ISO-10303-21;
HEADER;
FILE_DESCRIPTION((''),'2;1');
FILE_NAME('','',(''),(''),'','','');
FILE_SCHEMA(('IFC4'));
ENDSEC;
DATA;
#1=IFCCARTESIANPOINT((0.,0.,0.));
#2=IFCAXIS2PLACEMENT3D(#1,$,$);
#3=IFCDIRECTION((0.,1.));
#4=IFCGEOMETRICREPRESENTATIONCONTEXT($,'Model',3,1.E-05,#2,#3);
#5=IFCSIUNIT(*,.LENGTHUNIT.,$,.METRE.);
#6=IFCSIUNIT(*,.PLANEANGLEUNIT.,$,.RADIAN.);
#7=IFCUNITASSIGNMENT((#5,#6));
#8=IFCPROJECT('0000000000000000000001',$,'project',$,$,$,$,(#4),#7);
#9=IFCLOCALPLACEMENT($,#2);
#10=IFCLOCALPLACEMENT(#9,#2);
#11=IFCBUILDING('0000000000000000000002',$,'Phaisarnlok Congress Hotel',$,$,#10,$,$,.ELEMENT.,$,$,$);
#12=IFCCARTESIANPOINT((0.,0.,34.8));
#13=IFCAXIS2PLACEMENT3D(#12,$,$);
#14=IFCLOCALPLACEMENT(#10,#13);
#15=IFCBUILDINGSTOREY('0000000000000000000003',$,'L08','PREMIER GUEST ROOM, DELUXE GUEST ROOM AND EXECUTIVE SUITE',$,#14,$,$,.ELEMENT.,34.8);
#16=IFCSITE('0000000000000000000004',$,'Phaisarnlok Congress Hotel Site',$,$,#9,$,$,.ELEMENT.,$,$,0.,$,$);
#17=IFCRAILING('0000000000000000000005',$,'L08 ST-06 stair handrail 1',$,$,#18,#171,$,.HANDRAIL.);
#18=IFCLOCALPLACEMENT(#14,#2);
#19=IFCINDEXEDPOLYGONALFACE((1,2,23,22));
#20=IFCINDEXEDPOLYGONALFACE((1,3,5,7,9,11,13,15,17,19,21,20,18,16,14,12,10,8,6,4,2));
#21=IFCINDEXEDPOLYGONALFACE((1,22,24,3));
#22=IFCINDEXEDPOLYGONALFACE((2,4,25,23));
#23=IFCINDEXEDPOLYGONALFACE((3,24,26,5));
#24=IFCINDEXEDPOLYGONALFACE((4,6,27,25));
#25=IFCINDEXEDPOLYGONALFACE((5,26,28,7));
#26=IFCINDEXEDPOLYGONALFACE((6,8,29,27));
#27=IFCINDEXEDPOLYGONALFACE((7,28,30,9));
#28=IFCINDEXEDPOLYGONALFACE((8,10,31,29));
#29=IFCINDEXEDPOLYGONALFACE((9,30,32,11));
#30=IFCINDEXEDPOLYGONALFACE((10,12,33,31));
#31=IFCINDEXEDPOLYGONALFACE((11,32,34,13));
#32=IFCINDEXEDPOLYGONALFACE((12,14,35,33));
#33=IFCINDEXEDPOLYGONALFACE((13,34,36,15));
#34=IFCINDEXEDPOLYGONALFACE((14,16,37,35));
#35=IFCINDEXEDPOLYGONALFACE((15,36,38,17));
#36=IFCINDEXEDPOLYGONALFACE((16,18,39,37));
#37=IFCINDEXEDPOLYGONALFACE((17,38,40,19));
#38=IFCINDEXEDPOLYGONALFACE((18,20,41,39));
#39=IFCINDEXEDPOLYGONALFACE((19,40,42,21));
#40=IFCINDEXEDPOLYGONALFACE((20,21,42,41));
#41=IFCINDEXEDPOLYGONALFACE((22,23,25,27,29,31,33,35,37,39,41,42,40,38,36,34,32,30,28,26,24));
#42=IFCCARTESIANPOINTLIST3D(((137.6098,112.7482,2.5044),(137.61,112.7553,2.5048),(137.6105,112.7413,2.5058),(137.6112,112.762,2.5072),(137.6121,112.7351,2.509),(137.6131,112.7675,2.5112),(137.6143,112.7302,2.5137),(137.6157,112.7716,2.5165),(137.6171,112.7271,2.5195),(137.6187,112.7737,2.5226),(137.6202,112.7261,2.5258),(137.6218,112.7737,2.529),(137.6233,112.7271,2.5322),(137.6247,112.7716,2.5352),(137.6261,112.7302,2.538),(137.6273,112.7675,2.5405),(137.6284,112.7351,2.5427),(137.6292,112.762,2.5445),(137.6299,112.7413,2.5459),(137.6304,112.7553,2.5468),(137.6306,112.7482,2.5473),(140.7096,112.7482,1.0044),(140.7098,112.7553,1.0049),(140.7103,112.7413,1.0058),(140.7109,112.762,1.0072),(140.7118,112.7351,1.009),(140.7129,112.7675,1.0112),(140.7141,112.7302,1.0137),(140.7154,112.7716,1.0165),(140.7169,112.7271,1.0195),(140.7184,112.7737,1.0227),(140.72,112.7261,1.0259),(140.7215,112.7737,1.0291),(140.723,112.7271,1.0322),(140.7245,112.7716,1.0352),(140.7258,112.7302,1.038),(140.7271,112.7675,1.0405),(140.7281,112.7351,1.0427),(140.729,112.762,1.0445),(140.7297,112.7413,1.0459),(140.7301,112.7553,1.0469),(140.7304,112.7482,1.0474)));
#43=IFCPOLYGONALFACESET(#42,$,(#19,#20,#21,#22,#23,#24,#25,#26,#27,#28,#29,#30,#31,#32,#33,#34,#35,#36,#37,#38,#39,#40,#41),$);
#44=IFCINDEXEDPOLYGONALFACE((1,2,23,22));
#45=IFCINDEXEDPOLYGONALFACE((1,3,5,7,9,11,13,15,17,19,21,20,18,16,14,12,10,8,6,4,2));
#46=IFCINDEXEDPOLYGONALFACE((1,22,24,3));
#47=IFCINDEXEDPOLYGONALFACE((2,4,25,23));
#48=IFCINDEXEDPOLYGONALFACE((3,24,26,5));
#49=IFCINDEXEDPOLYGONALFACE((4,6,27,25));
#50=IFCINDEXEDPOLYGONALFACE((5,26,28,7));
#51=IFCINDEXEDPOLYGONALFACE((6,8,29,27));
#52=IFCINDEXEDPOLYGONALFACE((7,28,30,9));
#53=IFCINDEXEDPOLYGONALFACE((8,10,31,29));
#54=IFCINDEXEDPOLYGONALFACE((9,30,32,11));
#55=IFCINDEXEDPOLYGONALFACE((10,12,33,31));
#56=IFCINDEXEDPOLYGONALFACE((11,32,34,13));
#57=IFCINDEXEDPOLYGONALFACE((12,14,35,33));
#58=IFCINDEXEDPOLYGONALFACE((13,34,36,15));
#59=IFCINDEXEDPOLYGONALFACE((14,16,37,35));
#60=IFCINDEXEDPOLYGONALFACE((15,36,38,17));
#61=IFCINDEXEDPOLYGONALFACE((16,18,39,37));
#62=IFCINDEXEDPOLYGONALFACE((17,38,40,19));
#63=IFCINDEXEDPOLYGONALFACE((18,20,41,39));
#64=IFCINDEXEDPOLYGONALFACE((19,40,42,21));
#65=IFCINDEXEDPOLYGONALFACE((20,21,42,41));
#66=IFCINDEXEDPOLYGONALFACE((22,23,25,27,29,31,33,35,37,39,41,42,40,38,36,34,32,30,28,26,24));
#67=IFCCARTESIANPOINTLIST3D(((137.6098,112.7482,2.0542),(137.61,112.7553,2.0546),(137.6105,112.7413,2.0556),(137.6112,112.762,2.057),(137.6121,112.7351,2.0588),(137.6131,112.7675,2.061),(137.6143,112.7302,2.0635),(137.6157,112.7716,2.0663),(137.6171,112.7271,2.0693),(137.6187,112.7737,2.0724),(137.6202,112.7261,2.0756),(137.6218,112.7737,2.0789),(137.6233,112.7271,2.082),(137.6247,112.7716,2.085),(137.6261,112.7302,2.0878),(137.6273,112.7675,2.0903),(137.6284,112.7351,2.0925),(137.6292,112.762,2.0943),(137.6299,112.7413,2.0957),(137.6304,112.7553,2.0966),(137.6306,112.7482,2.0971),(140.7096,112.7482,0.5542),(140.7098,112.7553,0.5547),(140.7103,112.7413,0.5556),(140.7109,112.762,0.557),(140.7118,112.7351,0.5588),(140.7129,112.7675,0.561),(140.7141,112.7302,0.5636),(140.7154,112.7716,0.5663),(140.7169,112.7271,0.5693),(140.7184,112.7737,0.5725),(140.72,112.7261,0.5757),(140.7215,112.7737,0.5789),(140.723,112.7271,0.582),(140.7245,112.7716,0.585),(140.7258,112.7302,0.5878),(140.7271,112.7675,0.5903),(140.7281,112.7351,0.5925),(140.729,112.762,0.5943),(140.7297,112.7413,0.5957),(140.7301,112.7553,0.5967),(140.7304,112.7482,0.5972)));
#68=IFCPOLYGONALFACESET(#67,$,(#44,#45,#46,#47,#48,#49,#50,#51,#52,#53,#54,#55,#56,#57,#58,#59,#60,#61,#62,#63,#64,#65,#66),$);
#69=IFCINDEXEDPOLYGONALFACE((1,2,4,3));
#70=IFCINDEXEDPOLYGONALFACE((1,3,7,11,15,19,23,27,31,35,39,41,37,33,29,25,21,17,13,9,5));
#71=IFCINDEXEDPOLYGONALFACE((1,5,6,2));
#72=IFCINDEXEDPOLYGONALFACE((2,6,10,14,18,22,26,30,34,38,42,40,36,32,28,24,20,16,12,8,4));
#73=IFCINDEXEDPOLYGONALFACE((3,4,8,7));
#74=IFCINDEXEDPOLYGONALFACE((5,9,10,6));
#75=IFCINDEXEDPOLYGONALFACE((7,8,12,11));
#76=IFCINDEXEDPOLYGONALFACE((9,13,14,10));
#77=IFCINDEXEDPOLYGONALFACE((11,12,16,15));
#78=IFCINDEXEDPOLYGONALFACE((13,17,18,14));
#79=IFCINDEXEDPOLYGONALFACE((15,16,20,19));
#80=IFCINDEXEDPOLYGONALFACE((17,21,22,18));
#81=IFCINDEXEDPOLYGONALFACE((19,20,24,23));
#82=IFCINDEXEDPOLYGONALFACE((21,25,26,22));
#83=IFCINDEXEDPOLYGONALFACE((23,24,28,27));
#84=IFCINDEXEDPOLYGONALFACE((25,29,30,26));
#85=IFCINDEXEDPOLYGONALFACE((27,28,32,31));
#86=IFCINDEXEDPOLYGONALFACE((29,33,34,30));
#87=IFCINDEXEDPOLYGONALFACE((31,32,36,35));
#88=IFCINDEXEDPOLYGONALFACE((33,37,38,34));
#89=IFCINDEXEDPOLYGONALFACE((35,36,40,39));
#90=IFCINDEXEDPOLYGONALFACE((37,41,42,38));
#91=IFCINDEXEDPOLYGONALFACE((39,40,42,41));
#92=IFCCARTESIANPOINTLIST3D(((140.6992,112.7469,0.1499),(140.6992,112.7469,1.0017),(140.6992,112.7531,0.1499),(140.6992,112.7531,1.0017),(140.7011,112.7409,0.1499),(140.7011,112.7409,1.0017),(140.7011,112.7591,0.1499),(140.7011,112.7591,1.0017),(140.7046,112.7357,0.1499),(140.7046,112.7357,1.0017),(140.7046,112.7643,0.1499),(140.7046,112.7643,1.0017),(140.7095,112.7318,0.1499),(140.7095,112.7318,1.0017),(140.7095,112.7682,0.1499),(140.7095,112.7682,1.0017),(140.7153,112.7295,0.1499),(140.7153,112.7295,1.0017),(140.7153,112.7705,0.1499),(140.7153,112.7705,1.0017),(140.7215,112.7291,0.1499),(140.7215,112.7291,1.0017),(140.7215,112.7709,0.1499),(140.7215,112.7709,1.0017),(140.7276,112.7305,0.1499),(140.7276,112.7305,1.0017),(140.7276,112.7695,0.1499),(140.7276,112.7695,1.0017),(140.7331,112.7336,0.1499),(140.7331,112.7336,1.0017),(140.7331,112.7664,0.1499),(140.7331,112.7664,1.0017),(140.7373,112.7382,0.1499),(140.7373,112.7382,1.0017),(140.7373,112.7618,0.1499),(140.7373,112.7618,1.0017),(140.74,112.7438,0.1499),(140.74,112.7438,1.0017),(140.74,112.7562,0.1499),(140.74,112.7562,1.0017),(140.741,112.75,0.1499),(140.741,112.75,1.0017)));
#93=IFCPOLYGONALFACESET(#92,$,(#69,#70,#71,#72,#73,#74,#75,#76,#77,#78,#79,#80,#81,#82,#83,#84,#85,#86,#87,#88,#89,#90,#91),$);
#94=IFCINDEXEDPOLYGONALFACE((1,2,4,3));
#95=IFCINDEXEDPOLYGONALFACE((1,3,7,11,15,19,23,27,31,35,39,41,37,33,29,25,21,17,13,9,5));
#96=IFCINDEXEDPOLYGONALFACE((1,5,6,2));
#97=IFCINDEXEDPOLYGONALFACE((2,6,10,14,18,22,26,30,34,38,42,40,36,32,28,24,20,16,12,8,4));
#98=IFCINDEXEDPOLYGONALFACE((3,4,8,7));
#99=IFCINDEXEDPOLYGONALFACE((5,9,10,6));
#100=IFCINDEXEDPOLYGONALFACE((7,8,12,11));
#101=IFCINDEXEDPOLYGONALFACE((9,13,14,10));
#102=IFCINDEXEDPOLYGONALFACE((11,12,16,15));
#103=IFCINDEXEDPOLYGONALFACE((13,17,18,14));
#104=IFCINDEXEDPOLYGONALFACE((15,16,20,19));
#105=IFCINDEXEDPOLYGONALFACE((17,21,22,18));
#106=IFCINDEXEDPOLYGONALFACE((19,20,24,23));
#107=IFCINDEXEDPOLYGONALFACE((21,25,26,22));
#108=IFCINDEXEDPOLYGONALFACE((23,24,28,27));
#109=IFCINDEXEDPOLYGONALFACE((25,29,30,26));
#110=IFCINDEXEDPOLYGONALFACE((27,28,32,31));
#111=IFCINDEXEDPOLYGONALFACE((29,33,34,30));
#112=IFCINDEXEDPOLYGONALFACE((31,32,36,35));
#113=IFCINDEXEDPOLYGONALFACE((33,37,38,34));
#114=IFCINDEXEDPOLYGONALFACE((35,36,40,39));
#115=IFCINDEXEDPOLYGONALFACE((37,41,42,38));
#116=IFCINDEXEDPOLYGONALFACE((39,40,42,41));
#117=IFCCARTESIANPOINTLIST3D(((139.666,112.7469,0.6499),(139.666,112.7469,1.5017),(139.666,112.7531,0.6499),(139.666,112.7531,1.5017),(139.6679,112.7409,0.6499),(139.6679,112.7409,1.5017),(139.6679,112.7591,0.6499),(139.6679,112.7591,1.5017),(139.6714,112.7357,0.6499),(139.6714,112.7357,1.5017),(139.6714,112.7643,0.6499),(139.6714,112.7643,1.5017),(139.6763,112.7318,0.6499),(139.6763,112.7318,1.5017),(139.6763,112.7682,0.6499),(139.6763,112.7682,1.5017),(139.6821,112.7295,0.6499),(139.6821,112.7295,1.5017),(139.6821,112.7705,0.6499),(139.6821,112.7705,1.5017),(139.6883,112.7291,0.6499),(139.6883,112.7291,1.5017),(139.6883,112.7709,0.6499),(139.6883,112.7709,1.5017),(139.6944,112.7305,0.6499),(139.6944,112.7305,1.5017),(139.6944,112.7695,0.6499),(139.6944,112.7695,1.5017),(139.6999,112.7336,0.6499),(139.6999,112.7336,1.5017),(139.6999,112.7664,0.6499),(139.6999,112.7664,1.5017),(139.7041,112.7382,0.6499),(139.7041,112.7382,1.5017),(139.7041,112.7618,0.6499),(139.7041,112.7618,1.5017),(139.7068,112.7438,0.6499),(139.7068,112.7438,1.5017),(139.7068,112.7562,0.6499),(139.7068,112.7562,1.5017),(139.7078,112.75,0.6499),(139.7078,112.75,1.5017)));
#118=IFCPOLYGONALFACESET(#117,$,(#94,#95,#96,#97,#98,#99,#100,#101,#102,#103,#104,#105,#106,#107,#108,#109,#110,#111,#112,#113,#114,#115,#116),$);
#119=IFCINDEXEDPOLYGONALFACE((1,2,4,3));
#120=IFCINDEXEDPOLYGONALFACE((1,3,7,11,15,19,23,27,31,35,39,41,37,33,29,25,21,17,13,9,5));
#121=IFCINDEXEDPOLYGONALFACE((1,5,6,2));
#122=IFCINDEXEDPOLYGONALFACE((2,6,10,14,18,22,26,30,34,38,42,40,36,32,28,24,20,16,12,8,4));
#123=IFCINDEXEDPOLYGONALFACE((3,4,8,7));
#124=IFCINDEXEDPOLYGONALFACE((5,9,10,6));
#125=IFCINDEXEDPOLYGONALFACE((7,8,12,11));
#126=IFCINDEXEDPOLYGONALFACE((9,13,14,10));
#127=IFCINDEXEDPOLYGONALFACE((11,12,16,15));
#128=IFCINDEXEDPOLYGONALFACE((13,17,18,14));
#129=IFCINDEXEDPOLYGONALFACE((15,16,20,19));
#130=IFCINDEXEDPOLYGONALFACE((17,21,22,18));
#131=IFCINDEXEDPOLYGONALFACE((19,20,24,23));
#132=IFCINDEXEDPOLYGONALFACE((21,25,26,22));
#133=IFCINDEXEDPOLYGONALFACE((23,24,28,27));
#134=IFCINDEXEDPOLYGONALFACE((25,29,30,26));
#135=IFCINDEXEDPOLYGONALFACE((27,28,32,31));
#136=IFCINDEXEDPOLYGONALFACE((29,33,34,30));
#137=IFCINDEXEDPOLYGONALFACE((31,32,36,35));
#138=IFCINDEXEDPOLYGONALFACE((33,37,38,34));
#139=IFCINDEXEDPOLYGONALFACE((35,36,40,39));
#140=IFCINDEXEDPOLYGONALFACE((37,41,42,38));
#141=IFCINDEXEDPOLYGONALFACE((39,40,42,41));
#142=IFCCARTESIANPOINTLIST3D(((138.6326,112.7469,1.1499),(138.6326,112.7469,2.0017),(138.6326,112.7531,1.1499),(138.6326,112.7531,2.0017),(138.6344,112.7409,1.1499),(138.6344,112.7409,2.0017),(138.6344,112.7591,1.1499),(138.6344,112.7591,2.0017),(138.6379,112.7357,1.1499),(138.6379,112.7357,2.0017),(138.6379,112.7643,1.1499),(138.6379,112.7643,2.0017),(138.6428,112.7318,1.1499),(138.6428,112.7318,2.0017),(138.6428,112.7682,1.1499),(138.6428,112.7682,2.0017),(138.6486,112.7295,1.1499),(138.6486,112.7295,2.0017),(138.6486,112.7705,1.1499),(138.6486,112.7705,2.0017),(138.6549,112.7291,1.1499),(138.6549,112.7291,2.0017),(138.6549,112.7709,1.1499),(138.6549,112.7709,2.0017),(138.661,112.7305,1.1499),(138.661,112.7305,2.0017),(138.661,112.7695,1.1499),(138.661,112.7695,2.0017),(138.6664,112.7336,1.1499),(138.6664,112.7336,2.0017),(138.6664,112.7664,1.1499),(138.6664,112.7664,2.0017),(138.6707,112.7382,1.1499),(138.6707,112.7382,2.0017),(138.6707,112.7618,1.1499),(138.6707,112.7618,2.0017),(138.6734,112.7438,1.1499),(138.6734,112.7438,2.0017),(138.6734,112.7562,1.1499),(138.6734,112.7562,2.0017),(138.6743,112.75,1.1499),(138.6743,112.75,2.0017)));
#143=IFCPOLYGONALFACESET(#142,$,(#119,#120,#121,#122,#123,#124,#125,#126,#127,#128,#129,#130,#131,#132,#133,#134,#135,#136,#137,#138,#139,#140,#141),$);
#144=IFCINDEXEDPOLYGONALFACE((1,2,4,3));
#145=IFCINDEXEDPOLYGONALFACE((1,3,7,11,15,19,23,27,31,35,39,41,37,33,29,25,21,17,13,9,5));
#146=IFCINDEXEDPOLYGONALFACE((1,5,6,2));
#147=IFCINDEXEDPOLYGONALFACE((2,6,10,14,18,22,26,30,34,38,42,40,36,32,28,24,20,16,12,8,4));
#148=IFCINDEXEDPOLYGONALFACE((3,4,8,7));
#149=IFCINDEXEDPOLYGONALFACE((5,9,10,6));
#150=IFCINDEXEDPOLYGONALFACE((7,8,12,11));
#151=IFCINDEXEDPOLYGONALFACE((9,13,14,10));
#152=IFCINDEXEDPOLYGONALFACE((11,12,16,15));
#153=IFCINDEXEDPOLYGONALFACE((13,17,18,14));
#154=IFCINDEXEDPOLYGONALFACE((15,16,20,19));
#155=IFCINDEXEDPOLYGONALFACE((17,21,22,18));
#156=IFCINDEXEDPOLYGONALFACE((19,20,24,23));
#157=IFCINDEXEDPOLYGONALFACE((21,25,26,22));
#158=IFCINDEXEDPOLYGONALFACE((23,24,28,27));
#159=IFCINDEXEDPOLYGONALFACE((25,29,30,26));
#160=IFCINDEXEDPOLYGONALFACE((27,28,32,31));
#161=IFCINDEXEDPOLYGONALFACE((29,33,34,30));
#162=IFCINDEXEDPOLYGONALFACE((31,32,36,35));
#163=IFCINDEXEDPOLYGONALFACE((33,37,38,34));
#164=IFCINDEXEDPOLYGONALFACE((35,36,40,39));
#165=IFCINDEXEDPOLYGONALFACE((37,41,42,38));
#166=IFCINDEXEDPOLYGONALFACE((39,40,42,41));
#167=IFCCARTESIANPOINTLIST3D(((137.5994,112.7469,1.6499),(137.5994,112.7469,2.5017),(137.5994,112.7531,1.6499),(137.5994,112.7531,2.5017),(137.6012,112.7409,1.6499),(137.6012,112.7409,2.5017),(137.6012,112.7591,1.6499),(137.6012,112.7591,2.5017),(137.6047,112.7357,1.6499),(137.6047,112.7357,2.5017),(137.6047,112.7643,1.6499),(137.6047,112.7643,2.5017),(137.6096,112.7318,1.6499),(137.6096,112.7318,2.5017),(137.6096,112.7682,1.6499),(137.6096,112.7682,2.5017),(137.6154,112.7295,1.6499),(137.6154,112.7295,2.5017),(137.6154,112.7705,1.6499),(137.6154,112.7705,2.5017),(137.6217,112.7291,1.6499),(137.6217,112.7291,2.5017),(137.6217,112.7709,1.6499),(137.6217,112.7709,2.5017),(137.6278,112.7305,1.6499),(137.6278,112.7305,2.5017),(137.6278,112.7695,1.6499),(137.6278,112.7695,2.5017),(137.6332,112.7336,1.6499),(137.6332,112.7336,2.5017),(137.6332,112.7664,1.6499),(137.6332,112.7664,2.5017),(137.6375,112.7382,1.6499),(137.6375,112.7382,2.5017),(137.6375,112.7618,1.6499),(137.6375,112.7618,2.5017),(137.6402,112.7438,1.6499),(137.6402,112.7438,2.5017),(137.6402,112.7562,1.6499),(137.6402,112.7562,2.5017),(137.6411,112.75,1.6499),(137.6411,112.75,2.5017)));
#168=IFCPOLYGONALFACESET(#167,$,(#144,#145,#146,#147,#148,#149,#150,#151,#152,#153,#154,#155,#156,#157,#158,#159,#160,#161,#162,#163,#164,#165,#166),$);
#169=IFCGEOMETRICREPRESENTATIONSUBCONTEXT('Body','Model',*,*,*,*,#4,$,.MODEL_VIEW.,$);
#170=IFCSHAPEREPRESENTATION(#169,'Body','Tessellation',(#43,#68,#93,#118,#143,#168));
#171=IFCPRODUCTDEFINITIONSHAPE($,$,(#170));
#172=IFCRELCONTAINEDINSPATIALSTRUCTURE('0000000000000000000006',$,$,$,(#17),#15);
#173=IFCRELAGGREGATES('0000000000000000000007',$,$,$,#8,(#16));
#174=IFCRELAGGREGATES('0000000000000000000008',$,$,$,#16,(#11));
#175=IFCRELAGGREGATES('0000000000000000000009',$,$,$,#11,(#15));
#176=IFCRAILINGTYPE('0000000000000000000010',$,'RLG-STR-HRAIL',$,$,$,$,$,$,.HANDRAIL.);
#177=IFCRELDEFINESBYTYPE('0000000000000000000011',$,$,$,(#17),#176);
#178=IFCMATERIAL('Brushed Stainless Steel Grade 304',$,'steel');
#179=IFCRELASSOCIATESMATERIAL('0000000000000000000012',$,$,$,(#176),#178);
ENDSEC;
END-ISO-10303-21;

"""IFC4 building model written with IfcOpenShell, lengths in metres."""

from ifc_helpers import new_model, si_unit, direction, frame, origin, origin_2d, place, context, subcontext, project, spatial, circle, extrude, material, type_object, element, save


model = new_model("IFC4")

# Units and contexts
model_context = context("Model", 3, precision=1e-05, world=origin(), true_north=direction((0.0, 1.0)))
body_context = subcontext(model_context, "Body", "Model", "MODEL_VIEW")
ifc_project = project(units=[si_unit("LENGTHUNIT", "METRE"), si_unit("PLANEANGLEUNIT", "RADIAN")], contexts=[model_context])

# Site, building, storey
site_placement = place(None, origin())
site = spatial("IfcSite", under=ifc_project, at=site_placement, Name="Phaisarnlok Congress Hotel Site", CompositionType="ELEMENT", RefElevation=0.0)
building_placement = place(site_placement, origin())
building = spatial("IfcBuilding", under=site, at=building_placement, Name="Phaisarnlok Congress Hotel", CompositionType="ELEMENT")
storey_placement = place(building_placement, frame((0.0, 0.0, 34.8)))
storey = spatial("IfcBuildingStorey", under=building, at=storey_placement, Name="L08", Description="PREMIER GUEST ROOM, DELUXE GUEST ROOM AND EXECUTIVE SUITE", CompositionType="ELEMENT", Elevation=34.8)

# Railing
ifc_material_1 = material(Name="Brushed Stainless Steel Grade 304", Category="steel")
railing_type_1 = type_object("IfcRailingType", Name="RLG-STR-HRAIL", PredefinedType="HANDRAIL", material=ifc_material_1)
railing_1_placement = place(storey_placement, frame((140.72, 112.75, 0.1499)))
element("IfcRailing", 1, at=railing_1_placement, inside=storey, type_object=railing_type_1, Name="L08 ST-06 stair handrail 1", PredefinedType="HANDRAIL", context=body_context, shape_type="SweptSolid", body=[
    extrude(circle(Radius=0.0239, at=origin_2d()), frame((0.0, 0.0, 0.876), z_axis=(-0.900151, 0.0, 0.435578), x_axis=(0.0, -1.0, 0.0)), (0.0, 0.0, 1.0), 3.4436),
    extrude(circle(Radius=0.0239, at=origin_2d()), frame((0.0, 0.0, 0.4258), z_axis=(-0.900151, 0.0, 0.435578), x_axis=(0.0, -1.0, 0.0)), (0.0, 0.0, 1.0), 3.4436),
    extrude(circle(Radius=0.021, at=origin_2d()), origin(), (0.0, 0.0, 1.0), 0.8518),
    extrude(circle(Radius=0.021, at=origin_2d()), frame((-1.0332, 0.0, 0.5)), (0.0, 0.0, 1.0), 0.8518),
    extrude(circle(Radius=0.021, at=origin_2d()), frame((-2.0667, 0.0, 1.0)), (0.0, 0.0, 1.0), 0.8518),
    extrude(circle(Radius=0.021, at=origin_2d()), frame((-3.0999, 0.0, 1.5)), (0.0, 0.0, 1.0), 0.8518),
])

save(model, "model.ifc")
